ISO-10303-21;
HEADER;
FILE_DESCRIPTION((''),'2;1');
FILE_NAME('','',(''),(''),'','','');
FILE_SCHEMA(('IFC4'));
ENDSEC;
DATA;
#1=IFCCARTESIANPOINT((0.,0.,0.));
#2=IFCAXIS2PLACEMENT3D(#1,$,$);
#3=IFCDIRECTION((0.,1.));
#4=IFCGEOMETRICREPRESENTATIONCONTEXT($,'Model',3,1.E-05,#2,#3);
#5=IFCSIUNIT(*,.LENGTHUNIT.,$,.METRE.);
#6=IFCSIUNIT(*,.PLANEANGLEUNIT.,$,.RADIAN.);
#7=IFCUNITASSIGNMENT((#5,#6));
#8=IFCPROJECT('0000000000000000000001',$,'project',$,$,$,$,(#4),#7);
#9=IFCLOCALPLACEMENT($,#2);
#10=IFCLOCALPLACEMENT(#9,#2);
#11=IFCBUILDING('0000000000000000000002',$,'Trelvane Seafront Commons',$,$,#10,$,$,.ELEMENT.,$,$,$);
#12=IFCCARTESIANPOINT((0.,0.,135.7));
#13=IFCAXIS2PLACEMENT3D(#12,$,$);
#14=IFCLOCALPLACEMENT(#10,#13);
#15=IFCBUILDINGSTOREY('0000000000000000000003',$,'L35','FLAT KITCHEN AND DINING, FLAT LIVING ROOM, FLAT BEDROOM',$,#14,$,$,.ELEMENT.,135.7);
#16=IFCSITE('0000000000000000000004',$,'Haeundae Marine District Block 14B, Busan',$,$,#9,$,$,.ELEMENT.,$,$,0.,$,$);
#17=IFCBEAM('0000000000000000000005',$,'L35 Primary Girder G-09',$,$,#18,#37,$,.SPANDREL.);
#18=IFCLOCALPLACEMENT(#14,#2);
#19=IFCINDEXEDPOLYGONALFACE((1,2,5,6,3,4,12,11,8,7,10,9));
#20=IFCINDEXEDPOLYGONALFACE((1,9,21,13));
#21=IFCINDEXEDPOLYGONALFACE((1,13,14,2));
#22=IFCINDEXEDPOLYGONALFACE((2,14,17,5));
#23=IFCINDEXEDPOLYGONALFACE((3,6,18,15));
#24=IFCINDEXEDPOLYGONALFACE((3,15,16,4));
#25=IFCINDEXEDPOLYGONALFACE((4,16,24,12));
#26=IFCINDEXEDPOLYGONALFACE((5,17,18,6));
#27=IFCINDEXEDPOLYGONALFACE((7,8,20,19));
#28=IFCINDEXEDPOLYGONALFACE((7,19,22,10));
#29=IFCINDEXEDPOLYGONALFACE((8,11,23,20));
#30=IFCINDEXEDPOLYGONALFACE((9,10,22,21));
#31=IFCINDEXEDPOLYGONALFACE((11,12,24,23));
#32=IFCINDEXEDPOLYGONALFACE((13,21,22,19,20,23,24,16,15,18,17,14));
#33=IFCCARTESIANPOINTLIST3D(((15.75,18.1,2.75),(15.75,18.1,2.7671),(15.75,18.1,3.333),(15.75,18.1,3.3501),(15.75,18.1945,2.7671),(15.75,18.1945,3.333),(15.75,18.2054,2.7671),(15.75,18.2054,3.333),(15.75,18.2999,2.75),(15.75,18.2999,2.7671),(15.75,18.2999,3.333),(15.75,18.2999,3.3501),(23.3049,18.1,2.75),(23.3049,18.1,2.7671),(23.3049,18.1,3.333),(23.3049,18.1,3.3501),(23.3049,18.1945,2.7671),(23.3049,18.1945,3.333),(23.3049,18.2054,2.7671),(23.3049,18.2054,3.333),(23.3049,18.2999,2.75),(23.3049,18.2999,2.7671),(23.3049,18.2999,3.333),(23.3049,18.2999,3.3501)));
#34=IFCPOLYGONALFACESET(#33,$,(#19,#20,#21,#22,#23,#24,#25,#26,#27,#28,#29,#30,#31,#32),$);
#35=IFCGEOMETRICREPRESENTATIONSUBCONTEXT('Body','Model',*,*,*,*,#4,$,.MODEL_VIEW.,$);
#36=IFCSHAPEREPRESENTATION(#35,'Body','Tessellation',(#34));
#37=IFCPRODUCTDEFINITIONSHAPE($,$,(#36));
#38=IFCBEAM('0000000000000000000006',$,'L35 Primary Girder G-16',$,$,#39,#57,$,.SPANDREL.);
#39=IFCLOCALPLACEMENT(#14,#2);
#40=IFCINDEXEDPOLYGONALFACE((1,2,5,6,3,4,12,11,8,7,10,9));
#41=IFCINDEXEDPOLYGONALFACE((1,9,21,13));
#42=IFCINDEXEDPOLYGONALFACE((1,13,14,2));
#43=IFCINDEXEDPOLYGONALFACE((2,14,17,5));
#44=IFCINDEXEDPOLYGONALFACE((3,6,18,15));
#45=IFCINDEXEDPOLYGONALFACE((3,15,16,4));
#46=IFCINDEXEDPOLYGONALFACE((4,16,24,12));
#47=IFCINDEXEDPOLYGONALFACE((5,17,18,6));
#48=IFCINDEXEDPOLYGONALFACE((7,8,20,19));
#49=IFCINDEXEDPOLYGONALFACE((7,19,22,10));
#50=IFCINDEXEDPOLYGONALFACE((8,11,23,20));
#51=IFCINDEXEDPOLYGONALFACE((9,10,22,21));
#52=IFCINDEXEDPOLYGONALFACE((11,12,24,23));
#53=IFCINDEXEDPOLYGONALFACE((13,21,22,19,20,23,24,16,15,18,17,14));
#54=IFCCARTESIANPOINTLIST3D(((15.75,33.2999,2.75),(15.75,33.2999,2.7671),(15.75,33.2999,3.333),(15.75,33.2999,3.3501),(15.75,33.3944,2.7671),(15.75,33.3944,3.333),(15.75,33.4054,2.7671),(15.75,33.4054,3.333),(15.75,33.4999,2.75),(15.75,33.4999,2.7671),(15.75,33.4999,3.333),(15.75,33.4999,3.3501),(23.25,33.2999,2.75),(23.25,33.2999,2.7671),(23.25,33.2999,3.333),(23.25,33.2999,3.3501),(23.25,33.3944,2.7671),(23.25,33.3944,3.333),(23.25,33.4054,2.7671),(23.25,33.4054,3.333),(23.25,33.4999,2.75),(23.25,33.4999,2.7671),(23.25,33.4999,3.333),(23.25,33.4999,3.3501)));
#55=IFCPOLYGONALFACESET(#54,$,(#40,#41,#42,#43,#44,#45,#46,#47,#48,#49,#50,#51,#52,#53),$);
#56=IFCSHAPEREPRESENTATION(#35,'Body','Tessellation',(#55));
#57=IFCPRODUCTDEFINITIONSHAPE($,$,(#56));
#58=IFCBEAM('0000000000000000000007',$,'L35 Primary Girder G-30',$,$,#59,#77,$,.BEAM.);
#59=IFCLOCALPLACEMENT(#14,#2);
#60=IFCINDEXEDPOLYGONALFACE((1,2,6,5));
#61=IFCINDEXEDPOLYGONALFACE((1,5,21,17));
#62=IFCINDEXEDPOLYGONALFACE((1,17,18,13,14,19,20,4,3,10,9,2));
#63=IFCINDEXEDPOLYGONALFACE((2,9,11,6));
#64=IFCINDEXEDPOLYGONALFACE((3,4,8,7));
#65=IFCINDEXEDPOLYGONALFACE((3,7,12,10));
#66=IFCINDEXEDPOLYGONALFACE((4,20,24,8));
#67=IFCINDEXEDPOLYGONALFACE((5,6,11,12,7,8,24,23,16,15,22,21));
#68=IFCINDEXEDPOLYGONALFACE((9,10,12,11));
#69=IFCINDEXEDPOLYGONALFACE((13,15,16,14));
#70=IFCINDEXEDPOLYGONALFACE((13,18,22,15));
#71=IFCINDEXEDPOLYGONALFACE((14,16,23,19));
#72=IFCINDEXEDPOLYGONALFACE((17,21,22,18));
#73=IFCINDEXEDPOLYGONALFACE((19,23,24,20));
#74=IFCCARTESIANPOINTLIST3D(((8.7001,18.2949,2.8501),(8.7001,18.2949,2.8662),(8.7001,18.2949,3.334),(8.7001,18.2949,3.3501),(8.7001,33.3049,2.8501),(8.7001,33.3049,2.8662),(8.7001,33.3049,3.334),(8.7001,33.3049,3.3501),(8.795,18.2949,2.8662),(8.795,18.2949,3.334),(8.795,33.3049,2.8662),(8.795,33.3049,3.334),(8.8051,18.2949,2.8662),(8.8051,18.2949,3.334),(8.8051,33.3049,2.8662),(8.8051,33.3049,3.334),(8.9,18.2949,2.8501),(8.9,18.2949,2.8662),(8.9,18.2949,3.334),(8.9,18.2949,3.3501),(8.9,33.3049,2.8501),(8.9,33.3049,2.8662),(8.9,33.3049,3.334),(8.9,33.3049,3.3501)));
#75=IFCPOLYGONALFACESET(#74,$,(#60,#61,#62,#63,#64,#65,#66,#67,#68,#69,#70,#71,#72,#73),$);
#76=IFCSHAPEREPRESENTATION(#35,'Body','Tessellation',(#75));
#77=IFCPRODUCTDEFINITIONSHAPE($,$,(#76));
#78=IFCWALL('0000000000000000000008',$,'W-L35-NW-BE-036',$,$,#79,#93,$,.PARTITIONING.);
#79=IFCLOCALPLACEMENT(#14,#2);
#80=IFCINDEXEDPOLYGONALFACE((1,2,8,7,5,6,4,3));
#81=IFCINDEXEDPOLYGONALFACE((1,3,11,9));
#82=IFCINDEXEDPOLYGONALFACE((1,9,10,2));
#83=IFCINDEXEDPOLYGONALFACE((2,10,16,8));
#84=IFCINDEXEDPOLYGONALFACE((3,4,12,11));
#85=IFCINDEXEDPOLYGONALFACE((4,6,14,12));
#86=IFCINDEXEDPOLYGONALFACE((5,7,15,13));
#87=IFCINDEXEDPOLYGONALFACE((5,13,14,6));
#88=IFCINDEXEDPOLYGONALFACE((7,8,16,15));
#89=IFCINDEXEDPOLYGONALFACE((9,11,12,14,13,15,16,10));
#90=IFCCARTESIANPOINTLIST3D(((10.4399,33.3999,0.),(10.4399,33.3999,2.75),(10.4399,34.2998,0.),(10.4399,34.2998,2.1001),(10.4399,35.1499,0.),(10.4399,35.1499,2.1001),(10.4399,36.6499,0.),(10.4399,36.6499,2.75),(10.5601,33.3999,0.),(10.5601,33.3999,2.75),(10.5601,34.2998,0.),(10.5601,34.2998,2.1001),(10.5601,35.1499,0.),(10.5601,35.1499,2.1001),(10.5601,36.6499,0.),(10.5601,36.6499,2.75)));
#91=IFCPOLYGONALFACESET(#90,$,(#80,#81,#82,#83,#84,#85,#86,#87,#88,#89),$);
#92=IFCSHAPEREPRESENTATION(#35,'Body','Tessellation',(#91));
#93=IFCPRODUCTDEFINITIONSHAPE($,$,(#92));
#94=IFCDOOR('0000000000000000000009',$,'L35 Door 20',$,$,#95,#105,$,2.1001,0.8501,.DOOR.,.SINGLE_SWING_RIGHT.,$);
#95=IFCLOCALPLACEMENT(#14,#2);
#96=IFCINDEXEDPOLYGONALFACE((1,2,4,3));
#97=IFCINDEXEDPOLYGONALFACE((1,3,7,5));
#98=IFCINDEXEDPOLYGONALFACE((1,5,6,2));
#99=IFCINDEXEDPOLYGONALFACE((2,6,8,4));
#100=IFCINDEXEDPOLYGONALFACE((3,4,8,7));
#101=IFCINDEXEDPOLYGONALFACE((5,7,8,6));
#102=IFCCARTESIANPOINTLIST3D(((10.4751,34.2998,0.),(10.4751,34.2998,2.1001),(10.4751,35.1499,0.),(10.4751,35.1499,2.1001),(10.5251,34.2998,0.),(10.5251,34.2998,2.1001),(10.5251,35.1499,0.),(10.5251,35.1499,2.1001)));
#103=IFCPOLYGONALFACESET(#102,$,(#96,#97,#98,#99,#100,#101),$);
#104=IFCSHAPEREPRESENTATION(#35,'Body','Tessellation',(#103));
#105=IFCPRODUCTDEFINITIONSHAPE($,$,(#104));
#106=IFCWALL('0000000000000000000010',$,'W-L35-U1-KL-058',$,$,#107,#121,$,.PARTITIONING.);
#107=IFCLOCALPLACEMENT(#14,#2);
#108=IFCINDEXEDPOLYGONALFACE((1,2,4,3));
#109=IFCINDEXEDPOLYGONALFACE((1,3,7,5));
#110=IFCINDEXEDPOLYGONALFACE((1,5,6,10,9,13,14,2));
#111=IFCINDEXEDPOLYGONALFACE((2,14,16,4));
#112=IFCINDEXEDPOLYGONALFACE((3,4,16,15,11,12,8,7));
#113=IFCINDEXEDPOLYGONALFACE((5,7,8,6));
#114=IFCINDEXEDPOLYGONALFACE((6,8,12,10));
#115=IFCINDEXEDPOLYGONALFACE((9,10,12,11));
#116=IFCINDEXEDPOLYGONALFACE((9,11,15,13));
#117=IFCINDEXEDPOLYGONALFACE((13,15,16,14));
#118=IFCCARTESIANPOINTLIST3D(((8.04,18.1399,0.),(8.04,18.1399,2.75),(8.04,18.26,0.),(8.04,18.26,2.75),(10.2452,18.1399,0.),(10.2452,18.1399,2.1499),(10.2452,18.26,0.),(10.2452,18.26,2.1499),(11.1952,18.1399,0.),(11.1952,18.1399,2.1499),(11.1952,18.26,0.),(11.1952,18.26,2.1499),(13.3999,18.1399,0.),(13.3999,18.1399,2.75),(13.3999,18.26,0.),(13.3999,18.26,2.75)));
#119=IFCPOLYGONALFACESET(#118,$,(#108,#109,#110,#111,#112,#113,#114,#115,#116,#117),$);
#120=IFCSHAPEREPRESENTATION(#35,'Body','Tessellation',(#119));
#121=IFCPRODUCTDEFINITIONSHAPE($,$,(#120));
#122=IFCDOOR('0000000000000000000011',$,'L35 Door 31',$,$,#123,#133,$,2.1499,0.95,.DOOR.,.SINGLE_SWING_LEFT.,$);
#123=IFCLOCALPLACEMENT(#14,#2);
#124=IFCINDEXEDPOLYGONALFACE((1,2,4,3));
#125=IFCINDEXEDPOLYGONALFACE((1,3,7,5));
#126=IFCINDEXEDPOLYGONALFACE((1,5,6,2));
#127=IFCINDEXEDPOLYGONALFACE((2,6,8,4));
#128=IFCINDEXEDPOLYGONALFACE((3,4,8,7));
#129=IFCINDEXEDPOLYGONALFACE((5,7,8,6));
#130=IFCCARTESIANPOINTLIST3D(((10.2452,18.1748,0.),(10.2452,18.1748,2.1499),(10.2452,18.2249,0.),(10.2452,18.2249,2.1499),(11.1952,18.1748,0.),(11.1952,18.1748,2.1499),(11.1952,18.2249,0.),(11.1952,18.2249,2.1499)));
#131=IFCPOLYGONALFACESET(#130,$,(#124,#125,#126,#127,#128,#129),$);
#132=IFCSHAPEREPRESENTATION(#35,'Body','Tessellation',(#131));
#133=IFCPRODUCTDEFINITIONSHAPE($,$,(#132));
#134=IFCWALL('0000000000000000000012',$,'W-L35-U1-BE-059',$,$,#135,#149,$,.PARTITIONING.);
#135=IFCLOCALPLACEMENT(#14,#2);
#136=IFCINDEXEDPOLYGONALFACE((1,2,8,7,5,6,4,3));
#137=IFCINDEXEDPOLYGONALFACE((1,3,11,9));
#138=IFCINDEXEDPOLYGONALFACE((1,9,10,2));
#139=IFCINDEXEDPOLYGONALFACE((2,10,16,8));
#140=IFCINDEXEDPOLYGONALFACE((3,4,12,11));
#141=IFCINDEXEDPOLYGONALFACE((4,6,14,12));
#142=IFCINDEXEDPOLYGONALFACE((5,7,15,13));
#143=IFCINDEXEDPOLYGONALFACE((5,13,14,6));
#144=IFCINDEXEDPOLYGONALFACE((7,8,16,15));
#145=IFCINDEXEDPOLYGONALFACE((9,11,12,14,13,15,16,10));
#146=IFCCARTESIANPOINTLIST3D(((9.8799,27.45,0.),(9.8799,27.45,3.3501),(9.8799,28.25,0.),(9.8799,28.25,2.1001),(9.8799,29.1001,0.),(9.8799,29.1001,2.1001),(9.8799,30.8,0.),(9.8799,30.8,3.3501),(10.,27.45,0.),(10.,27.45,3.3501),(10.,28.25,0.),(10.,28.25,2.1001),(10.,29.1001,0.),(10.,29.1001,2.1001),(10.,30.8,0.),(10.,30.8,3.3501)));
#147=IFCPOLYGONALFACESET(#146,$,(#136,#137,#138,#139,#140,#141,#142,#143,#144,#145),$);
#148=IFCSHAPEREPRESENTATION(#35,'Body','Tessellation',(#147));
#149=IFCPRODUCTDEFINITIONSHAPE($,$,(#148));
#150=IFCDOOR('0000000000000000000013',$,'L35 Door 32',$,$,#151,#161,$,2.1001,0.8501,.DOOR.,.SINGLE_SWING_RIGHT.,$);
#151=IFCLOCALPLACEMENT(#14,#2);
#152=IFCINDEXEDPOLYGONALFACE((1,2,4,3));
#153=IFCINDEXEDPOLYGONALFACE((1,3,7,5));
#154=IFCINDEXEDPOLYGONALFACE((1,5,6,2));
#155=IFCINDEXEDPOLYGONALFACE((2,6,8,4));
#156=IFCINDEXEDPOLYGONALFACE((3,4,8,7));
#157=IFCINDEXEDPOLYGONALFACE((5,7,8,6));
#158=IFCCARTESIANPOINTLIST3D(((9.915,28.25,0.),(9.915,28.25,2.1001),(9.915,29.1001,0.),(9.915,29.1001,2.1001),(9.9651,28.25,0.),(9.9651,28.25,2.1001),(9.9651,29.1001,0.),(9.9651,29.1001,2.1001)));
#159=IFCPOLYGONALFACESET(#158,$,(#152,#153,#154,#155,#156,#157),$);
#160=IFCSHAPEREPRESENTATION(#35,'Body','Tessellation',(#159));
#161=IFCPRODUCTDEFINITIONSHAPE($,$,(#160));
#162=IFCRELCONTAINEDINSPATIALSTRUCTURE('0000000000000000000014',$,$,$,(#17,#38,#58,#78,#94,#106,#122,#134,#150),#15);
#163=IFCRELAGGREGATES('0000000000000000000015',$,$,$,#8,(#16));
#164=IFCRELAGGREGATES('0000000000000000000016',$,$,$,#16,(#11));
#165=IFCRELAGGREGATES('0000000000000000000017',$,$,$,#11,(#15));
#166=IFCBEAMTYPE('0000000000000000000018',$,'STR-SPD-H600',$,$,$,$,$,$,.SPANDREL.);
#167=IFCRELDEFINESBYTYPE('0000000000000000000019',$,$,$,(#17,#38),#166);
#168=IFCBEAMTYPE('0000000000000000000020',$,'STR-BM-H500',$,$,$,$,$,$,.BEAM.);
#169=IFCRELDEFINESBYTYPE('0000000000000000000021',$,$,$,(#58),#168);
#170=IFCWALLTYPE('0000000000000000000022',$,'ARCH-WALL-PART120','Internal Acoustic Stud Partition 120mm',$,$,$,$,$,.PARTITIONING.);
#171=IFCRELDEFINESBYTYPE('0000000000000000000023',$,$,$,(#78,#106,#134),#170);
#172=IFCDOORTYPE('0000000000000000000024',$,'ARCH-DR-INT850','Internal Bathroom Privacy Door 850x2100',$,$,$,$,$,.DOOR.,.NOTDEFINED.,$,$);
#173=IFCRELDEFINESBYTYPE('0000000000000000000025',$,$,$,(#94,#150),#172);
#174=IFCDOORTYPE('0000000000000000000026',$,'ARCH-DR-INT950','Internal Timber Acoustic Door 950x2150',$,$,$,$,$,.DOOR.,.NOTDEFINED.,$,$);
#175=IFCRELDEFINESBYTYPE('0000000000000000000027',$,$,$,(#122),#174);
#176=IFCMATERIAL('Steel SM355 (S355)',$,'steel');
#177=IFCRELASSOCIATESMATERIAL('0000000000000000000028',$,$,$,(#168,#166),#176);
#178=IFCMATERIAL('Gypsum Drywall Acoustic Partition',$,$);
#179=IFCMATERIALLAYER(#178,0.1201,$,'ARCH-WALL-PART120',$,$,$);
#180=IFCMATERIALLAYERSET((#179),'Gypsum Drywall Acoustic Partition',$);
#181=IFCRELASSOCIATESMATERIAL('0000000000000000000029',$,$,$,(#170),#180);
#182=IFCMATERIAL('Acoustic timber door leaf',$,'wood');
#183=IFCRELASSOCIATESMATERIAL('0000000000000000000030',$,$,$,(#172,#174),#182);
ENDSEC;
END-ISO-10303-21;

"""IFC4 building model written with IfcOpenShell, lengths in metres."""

from ifc_helpers import new_model, si_unit, direction, frame, frame_2d, origin, origin_2d, place, context, subcontext, project, spatial, rectangle, i_section, extrude, source, transform, mapped, material, layer, layer_set, material_profile, profile_set, type_object, element, fill, save


model = new_model("IFC4")

# Units and contexts
model_context = context("Model", 3, precision=1e-05, world=origin(), true_north=direction((0.0, 1.0)))
body_context = subcontext(model_context, "Body", "Model", "MODEL_VIEW")
ifc_project = project(units=[si_unit("LENGTHUNIT", "METRE"), si_unit("PLANEANGLEUNIT", "RADIAN")], contexts=[model_context])

# Site, building, storey
site_placement = place(None, origin())
site = spatial("IfcSite", under=ifc_project, at=site_placement, Name="Haeundae Marine District Block 14B, Busan", CompositionType="ELEMENT", RefElevation=0.0)
building_placement = place(site_placement, origin())
building = spatial("IfcBuilding", under=site, at=building_placement, Name="Trelvane Seafront Commons", CompositionType="ELEMENT")
storey_placement = place(building_placement, frame((0.0, 0.0, 135.7)))
storey = spatial("IfcBuildingStorey", under=building, at=storey_placement, Name="L35", Description="FLAT KITCHEN AND DINING, FLAT LIVING ROOM, FLAT BEDROOM", CompositionType="ELEMENT", Elevation=135.7)

# Shared definitions
ifc_material_1 = material(Name="Steel SM355 (S355)", Category="steel")

# Beams
ifc_material_profile_1 = material_profile(ifc_material_1, i_section(OverallWidth=0.2, OverallDepth=0.5, WebThickness=0.01, FlangeThickness=0.0161, at=origin_2d()), Name="H-500x200x10x16")
ifc_profile_set_1 = profile_set([ifc_material_profile_1], Name="Steel SM355 (S355)")
beam_type_1 = type_object("IfcBeamType", Name="STR-BM-H500", PredefinedType="BEAM", material=ifc_profile_set_1)
ifc_material_profile_2 = material_profile(ifc_material_1, i_section(OverallWidth=0.2, OverallDepth=0.6001, WebThickness=0.011, FlangeThickness=0.0171, at=origin_2d()), Name="H-600x200x11x17")
ifc_profile_set_2 = profile_set([ifc_material_profile_2], Name="Steel SM355 (S355)")
beam_type_2 = type_object("IfcBeamType", Name="STR-SPD-H600", PredefinedType="SPANDREL", material=ifc_profile_set_2)
shared_shape_1 = source(origin(), body_context, "Body", "SweptSolid", [
    extrude(i_section(OverallWidth=0.2, OverallDepth=0.6001, WebThickness=0.011, FlangeThickness=0.0171, at=origin_2d()), origin(), (0.0, 0.0, 1.0), 7.5549),
])
beam_1_placement = place(storey_placement, frame((15.75, 18.2, 3.05), z_axis=(1.0, 0.0, 0.0), x_axis=(0.0, 1.0, 0.0)))
element("IfcBeam", 1, at=beam_1_placement, inside=storey, type_object=beam_type_2, Name="L35 Primary Girder G-09", PredefinedType="SPANDREL", context=body_context, shape_type="MappedRepresentation", body=[
    mapped(shared_shape_1, transform((0.0, 0.0, 0.0), x_axis=(1.0, 0.0, 0.0), y_axis=(0.0, 1.0, 0.0), z_axis=(0.0, 0.0, 1.0), scale=1.0)),
])
shared_shape_2 = source(origin(), body_context, "Body", "SweptSolid", [
    extrude(i_section(OverallWidth=0.2, OverallDepth=0.6001, WebThickness=0.011, FlangeThickness=0.0171, at=origin_2d()), origin(), (0.0, 0.0, 1.0), 7.5),
])
beam_2_placement = place(storey_placement, frame((15.75, 33.3999, 3.05), z_axis=(1.0, 0.0, 0.0), x_axis=(0.0, 1.0, 0.0)))
element("IfcBeam", 2, at=beam_2_placement, inside=storey, type_object=beam_type_2, Name="L35 Primary Girder G-16", PredefinedType="SPANDREL", context=body_context, shape_type="MappedRepresentation", body=[
    mapped(shared_shape_2, transform((0.0, 0.0, 0.0), x_axis=(1.0, 0.0, 0.0), y_axis=(0.0, 1.0, 0.0), z_axis=(0.0, 0.0, 1.0), scale=1.0)),
])
shared_shape_3 = source(origin(), body_context, "Body", "SweptSolid", [
    extrude(i_section(OverallWidth=0.2, OverallDepth=0.5, WebThickness=0.01, FlangeThickness=0.0161, at=origin_2d()), origin(), (0.0, 0.0, 1.0), 15.01),
])
beam_3_placement = place(storey_placement, frame((8.8, 18.2949, 3.1001), z_axis=(0.0, 1.0, 0.0), x_axis=(-1.0, 0.0, 0.0)))
element("IfcBeam", 3, at=beam_3_placement, inside=storey, type_object=beam_type_1, Name="L35 Primary Girder G-30", PredefinedType="BEAM", context=body_context, shape_type="MappedRepresentation", body=[
    mapped(shared_shape_3, transform((0.0, 0.0, 0.0), x_axis=(1.0, 0.0, 0.0), y_axis=(0.0, 1.0, 0.0), z_axis=(0.0, 0.0, 1.0), scale=1.0)),
])

# Walls, openings, doors
ifc_material_2 = material(Name="Gypsum Drywall Acoustic Partition")
ifc_layer_1 = layer(ifc_material_2, 0.1201, Name="ARCH-WALL-PART120")
ifc_layer_set_1 = layer_set([ifc_layer_1], Name="Gypsum Drywall Acoustic Partition")
wall_type_1 = type_object("IfcWallType", Name="ARCH-WALL-PART120", Description="Internal Acoustic Stud Partition 120mm", PredefinedType="PARTITIONING", material=ifc_layer_set_1)
wall_1_placement = place(storey_placement, frame((10.5, 33.3999, 0.0), z_axis=(0.0, 0.0, 1.0), x_axis=(0.0, 1.0, 0.0)))
wall_1 = element("IfcWall", 4, at=wall_1_placement, inside=storey, type_object=wall_type_1, Name="W-L35-NW-BE-036", PredefinedType="PARTITIONING", context=body_context, shape_type="SweptSolid", body=[
    extrude(rectangle(XDim=3.25, YDim=0.1201, at=frame_2d((1.625, 0.0))), origin(), (0.0, 0.0, 1.0), 2.75),
])
opening_1_placement = place(wall_1_placement, frame((0.8999, 0.0, 0.0)))
opening_1 = element("IfcOpeningElement", 5, at=opening_1_placement, cuts=wall_1, PredefinedType="OPENING", context=body_context, shape_type="SweptSolid", body=[
    extrude(rectangle(XDim=0.8501, YDim=2.1001, at=frame_2d((0.425, 1.05))), frame((0.0, 0.0701, 0.0), z_axis=(0.0, -1.0, 0.0), x_axis=(1.0, 0.0, 0.0)), (0.0, 0.0, 1.0), 0.1401),
])
ifc_material_3 = material(Name="Acoustic timber door leaf", Category="wood")
door_type_1 = type_object("IfcDoorType", Name="ARCH-DR-INT850", Description="Internal Bathroom Privacy Door 850x2100", OperationType="NOTDEFINED", PredefinedType="DOOR", material=ifc_material_3)
shared_shape_4 = source(origin(), body_context, "Body", "SweptSolid", [
    extrude(rectangle(XDim=0.8501, YDim=2.1001, at=frame_2d((0.425, 1.05))), frame((0.0, 0.0249, 0.0), z_axis=(0.0, -1.0, 0.0), x_axis=(1.0, 0.0, 0.0)), (0.0, 0.0, 1.0), 0.05),
])
door_1_placement = place(opening_1_placement, origin())
door_1 = element("IfcDoor", 6, at=door_1_placement, inside=storey, type_object=door_type_1, Name="L35 Door 20", OperationType="SINGLE_SWING_RIGHT", OverallHeight=2.1001, OverallWidth=0.8501, PredefinedType="DOOR", context=body_context, shape_type="MappedRepresentation", body=[
    mapped(shared_shape_4, transform((0.0, 0.0, 0.0), x_axis=(1.0, 0.0, 0.0), y_axis=(0.0, 1.0, 0.0), z_axis=(0.0, 0.0, 1.0), scale=1.0)),
])
fill(opening_1, door_1)
wall_2_placement = place(storey_placement, frame((8.04, 18.2, 0.0), z_axis=(0.0, 0.0, 1.0), x_axis=(1.0, 0.0, 0.0)))
wall_2 = element("IfcWall", 7, at=wall_2_placement, inside=storey, type_object=wall_type_1, Name="W-L35-U1-KL-058", PredefinedType="PARTITIONING", context=body_context, shape_type="SweptSolid", body=[
    extrude(rectangle(XDim=5.3599, YDim=0.1201, at=frame_2d((2.6799, 0.0))), origin(), (0.0, 0.0, 1.0), 2.75),
])
opening_2_placement = place(wall_2_placement, frame((2.2051, 0.0, 0.0)))
opening_2 = element("IfcOpeningElement", 8, at=opening_2_placement, cuts=wall_2, PredefinedType="OPENING", context=body_context, shape_type="SweptSolid", body=[
    extrude(rectangle(XDim=0.95, YDim=2.1499, at=frame_2d((0.4751, 1.075))), frame((0.0, 0.0701, 0.0), z_axis=(0.0, -1.0, 0.0), x_axis=(1.0, 0.0, 0.0)), (0.0, 0.0, 1.0), 0.1401),
])
door_type_2 = type_object("IfcDoorType", Name="ARCH-DR-INT950", Description="Internal Timber Acoustic Door 950x2150", OperationType="NOTDEFINED", PredefinedType="DOOR", material=ifc_material_3)
shared_shape_5 = source(origin(), body_context, "Body", "SweptSolid", [
    extrude(rectangle(XDim=0.95, YDim=2.1499, at=frame_2d((0.4751, 1.075))), frame((0.0, 0.0249, 0.0), z_axis=(0.0, -1.0, 0.0), x_axis=(1.0, 0.0, 0.0)), (0.0, 0.0, 1.0), 0.05),
])
door_2_placement = place(opening_2_placement, origin())
door_2 = element("IfcDoor", 9, at=door_2_placement, inside=storey, type_object=door_type_2, Name="L35 Door 31", OperationType="SINGLE_SWING_LEFT", OverallHeight=2.1499, OverallWidth=0.95, PredefinedType="DOOR", context=body_context, shape_type="MappedRepresentation", body=[
    mapped(shared_shape_5, transform((0.0, 0.0, 0.0), x_axis=(1.0, 0.0, 0.0), y_axis=(0.0, 1.0, 0.0), z_axis=(0.0, 0.0, 1.0), scale=1.0)),
])
fill(opening_2, door_2)
wall_3_placement = place(storey_placement, frame((9.9399, 27.45, 0.0), z_axis=(0.0, 0.0, 1.0), x_axis=(0.0, 1.0, 0.0)))
wall_3 = element("IfcWall", 10, at=wall_3_placement, inside=storey, type_object=wall_type_1, Name="W-L35-U1-BE-059", PredefinedType="PARTITIONING", context=body_context, shape_type="SweptSolid", body=[
    extrude(rectangle(XDim=3.3501, YDim=0.1201, at=frame_2d((1.675, 0.0))), origin(), (0.0, 0.0, 1.0), 3.3501),
])
opening_3_placement = place(wall_3_placement, frame((0.8, 0.0, 0.0)))
opening_3 = element("IfcOpeningElement", 11, at=opening_3_placement, cuts=wall_3, PredefinedType="OPENING", context=body_context, shape_type="SweptSolid", body=[
    extrude(rectangle(XDim=0.8501, YDim=2.1001, at=frame_2d((0.425, 1.05))), frame((0.0, 0.0701, 0.0), z_axis=(0.0, -1.0, 0.0), x_axis=(1.0, 0.0, 0.0)), (0.0, 0.0, 1.0), 0.1401),
])
door_3_placement = place(opening_3_placement, origin())
door_3 = element("IfcDoor", 12, at=door_3_placement, inside=storey, type_object=door_type_1, Name="L35 Door 32", OperationType="SINGLE_SWING_RIGHT", OverallHeight=2.1001, OverallWidth=0.8501, PredefinedType="DOOR", context=body_context, shape_type="MappedRepresentation", body=[
    mapped(shared_shape_4, transform((0.0, 0.0, 0.0), x_axis=(1.0, 0.0, 0.0), y_axis=(0.0, 1.0, 0.0), z_axis=(0.0, 0.0, 1.0), scale=1.0)),
])
fill(opening_3, door_3)

save(model, "model.ifc")
